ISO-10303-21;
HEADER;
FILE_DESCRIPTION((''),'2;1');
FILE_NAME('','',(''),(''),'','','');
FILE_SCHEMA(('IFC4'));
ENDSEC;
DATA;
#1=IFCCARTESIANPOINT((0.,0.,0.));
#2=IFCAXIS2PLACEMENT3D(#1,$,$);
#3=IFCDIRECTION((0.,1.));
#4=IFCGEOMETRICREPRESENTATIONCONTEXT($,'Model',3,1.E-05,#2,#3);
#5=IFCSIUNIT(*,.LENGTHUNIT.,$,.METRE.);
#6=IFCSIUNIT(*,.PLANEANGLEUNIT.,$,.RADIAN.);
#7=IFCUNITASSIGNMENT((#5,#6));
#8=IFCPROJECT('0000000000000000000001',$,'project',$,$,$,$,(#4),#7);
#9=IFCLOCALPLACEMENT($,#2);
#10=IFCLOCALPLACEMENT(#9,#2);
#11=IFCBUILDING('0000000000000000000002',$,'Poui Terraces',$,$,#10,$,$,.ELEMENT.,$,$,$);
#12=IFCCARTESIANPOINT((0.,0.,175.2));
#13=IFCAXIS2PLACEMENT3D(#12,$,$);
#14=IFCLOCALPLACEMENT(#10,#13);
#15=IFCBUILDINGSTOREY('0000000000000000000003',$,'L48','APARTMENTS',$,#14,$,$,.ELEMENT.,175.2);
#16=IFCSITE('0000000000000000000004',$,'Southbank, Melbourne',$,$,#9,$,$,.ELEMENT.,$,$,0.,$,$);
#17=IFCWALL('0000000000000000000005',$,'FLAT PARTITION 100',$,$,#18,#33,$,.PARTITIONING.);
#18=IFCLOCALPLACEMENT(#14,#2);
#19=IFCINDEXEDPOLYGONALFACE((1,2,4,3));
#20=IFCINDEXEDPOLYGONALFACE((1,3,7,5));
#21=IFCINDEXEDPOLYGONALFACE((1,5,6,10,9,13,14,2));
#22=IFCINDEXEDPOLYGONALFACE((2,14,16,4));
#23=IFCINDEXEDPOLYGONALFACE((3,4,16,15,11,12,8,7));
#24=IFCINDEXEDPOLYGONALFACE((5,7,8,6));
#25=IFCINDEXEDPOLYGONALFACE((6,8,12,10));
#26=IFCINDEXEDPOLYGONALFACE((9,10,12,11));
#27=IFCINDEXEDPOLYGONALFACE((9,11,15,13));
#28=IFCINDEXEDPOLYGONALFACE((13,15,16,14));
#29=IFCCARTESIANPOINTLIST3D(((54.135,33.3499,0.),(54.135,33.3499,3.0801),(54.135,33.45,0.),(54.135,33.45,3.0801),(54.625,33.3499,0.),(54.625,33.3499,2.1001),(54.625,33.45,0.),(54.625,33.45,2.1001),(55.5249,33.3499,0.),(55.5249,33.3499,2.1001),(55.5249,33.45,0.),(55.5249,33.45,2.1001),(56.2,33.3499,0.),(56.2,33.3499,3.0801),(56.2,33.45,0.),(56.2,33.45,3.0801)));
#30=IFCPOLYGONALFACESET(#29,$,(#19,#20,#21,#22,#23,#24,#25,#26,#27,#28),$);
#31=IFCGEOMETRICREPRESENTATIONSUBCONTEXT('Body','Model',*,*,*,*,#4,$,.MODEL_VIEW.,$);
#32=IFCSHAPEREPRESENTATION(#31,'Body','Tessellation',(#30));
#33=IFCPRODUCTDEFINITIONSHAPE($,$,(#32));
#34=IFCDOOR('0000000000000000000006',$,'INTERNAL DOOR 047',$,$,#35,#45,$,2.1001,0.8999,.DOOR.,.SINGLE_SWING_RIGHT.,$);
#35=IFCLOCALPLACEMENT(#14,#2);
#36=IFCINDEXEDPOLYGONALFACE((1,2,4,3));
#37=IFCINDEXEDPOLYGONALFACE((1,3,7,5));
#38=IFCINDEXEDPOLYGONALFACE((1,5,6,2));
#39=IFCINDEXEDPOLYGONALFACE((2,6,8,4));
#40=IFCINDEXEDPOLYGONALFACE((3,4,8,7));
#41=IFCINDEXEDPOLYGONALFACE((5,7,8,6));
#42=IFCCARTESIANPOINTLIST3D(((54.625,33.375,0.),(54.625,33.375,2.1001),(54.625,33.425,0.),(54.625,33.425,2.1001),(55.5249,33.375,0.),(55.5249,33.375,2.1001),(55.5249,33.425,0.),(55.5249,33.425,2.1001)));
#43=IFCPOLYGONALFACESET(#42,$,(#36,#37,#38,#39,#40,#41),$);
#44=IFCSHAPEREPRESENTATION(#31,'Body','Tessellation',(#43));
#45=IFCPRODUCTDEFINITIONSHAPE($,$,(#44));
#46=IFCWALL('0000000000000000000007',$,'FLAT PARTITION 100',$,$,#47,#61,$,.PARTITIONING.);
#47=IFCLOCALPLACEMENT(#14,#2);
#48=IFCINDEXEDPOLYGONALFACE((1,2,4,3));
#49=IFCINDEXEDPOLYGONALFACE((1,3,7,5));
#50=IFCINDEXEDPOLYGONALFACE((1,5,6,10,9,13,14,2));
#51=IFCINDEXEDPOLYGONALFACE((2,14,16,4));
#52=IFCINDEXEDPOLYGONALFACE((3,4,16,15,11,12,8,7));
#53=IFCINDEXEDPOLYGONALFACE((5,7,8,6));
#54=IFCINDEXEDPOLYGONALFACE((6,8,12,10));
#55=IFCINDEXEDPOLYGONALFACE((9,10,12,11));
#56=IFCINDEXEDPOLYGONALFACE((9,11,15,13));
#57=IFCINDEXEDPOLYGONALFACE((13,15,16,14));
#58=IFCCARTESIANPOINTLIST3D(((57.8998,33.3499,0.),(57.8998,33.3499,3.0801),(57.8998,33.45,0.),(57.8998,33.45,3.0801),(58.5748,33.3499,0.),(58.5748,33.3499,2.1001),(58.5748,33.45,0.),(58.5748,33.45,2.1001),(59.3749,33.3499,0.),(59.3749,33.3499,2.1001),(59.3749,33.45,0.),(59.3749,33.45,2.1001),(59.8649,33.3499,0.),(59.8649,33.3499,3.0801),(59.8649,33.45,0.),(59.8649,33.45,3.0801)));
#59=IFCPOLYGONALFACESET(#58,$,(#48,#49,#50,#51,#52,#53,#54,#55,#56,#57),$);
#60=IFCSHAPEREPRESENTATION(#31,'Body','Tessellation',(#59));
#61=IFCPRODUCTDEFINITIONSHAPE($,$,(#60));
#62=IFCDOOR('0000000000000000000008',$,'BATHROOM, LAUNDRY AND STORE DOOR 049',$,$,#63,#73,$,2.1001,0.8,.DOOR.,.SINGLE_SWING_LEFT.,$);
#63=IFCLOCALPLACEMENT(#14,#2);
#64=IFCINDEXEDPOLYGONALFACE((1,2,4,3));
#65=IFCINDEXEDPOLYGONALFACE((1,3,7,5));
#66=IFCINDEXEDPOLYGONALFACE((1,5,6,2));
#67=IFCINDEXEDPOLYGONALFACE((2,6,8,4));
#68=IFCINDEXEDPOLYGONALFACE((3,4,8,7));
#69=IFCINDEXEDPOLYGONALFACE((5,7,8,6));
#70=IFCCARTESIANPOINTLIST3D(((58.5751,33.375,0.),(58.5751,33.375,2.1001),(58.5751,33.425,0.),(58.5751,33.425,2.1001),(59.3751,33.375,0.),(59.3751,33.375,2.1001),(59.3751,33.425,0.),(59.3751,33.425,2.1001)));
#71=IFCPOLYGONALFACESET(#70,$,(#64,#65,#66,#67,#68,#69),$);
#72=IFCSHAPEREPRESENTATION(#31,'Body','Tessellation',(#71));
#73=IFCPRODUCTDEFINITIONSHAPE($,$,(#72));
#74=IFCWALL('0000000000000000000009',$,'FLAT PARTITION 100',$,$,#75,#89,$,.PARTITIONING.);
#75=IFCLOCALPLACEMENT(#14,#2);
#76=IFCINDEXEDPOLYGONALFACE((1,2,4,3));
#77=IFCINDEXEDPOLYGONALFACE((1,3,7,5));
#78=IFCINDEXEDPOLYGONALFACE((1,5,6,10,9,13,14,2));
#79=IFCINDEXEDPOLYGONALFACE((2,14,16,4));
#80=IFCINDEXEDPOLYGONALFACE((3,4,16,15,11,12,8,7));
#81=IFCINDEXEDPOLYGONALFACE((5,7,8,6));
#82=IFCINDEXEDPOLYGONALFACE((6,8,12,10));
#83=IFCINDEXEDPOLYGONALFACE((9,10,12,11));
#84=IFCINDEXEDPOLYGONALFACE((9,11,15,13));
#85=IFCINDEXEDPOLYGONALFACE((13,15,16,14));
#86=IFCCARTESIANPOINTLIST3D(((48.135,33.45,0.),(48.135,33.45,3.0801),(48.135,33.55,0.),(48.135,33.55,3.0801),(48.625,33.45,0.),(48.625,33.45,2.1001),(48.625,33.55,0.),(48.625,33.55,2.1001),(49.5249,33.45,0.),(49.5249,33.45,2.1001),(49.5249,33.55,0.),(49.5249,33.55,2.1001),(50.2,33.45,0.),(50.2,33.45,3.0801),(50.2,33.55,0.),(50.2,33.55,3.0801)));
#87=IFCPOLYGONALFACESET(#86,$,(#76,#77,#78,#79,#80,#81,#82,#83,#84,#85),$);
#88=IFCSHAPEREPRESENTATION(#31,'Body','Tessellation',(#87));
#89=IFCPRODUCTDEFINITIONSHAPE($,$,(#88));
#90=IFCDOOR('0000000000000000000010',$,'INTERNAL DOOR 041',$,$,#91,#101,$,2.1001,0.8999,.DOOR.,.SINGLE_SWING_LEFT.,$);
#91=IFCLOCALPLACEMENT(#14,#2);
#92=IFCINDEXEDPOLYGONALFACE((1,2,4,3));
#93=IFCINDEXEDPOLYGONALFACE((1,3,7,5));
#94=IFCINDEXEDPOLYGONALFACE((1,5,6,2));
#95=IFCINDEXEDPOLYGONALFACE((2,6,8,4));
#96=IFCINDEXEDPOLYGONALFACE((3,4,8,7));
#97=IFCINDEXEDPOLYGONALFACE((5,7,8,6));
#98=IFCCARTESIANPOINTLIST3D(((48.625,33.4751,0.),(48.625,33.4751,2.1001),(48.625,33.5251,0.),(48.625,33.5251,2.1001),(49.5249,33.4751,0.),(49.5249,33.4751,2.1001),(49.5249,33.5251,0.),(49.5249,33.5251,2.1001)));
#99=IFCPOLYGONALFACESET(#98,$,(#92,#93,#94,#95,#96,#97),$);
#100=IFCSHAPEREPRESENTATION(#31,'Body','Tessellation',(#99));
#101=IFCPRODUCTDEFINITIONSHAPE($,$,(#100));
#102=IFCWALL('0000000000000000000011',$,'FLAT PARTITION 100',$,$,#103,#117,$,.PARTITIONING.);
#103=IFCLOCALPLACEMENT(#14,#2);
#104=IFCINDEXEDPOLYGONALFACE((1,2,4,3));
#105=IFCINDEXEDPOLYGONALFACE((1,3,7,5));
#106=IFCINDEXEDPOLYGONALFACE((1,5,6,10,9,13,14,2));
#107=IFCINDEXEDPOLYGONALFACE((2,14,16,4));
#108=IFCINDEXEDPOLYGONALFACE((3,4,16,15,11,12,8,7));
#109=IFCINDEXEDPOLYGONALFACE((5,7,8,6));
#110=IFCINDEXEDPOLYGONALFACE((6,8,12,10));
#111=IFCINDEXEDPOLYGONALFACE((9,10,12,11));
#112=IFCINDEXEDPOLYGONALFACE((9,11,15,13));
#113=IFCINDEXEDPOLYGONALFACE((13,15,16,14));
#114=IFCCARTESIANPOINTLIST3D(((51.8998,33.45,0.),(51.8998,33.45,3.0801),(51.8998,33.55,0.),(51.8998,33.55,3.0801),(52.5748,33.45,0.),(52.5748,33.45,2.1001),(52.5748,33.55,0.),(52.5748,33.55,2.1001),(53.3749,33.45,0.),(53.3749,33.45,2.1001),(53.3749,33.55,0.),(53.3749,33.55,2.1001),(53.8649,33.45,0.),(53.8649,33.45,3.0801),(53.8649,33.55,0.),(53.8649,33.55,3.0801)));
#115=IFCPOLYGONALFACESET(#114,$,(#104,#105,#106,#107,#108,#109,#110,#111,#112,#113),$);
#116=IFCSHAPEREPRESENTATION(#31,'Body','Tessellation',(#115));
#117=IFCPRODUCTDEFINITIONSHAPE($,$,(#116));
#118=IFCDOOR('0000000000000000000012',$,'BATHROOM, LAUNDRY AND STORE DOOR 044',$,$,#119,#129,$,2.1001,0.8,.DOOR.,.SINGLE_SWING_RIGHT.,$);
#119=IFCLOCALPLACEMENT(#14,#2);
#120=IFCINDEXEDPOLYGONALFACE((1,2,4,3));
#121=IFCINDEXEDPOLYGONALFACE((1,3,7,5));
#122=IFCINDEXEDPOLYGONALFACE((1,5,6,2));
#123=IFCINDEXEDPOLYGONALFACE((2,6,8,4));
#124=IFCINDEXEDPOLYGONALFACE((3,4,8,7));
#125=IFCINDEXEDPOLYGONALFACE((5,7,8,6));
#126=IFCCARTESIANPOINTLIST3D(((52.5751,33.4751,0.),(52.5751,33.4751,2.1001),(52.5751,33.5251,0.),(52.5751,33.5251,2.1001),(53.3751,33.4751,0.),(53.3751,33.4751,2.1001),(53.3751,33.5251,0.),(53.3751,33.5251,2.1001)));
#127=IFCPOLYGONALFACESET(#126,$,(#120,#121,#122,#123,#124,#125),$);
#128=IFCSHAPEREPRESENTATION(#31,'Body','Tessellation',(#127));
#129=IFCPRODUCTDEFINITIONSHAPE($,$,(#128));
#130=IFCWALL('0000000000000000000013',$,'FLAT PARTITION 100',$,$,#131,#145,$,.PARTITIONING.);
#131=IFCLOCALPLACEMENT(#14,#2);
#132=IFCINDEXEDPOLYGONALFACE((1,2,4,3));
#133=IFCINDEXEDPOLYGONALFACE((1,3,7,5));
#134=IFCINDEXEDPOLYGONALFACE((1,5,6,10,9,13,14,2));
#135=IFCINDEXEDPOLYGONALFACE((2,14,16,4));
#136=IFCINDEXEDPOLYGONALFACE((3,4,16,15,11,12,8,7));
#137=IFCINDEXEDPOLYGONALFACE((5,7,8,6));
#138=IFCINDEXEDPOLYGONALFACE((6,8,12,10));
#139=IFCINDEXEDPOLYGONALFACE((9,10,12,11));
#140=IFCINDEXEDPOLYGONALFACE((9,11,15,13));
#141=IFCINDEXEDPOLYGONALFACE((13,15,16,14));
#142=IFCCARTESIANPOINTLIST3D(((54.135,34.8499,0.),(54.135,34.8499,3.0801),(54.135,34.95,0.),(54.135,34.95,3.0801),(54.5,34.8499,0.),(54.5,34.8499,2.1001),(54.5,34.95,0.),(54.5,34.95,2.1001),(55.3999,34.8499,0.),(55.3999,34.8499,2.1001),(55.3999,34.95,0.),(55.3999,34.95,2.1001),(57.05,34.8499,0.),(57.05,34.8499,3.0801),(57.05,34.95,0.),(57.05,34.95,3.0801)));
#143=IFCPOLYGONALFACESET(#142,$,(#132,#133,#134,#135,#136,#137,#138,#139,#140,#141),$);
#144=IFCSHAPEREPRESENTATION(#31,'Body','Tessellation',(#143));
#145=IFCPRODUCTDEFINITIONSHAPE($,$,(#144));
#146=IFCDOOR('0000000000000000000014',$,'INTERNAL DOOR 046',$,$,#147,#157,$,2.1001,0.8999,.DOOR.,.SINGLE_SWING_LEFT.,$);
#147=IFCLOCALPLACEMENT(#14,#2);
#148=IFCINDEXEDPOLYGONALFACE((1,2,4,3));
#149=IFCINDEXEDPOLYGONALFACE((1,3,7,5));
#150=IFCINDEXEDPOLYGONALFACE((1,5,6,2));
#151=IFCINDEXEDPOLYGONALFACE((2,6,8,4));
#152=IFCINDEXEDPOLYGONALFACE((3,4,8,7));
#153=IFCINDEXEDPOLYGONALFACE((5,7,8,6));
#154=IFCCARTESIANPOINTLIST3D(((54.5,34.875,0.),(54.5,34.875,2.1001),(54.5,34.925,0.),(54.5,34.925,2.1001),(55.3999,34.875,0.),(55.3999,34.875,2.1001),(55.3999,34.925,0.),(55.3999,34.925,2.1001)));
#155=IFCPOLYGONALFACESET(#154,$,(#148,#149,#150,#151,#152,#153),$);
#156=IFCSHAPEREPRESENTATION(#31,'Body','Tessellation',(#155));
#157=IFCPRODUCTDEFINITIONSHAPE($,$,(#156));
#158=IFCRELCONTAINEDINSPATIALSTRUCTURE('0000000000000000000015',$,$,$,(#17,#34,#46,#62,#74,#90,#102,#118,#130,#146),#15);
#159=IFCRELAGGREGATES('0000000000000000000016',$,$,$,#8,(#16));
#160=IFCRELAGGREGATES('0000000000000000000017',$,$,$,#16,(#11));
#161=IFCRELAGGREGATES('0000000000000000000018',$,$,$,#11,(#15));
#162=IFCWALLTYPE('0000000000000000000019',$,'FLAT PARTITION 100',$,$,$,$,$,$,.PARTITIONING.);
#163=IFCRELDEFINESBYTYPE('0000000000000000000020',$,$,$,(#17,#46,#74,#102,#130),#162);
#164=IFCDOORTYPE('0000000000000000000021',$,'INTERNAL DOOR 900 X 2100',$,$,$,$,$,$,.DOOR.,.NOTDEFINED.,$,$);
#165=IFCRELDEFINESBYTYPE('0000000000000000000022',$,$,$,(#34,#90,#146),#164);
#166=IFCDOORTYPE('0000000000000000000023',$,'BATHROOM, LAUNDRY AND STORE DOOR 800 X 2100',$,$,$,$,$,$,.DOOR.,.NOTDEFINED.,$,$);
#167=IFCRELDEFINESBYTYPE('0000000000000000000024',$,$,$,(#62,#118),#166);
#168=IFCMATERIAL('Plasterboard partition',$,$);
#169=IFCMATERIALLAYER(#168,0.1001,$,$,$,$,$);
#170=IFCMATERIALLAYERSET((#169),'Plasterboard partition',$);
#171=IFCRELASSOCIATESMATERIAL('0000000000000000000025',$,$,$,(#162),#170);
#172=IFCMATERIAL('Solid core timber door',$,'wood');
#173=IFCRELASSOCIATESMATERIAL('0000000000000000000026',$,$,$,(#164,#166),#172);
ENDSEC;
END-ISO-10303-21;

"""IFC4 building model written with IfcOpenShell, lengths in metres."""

from ifc_helpers import new_model, si_unit, direction, frame, frame_2d, origin, place, context, subcontext, project, spatial, rectangle, extrude, material, layer, layer_set, type_object, element, fill, save


model = new_model("IFC4")

# Units and contexts
model_context = context("Model", 3, precision=1e-05, world=origin(), true_north=direction((0.0, 1.0)))
body_context = subcontext(model_context, "Body", "Model", "MODEL_VIEW")
ifc_project = project(units=[si_unit("LENGTHUNIT", "METRE"), si_unit("PLANEANGLEUNIT", "RADIAN")], contexts=[model_context])

# Site, building, storey
site_placement = place(None, origin())
site = spatial("IfcSite", under=ifc_project, at=site_placement, Name="Southbank, Melbourne", CompositionType="ELEMENT", RefElevation=0.0)
building_placement = place(site_placement, origin())
building = spatial("IfcBuilding", under=site, at=building_placement, Name="Poui Terraces", CompositionType="ELEMENT")
storey_placement = place(building_placement, frame((0.0, 0.0, 175.2)))
storey = spatial("IfcBuildingStorey", under=building, at=storey_placement, Name="L48", Description="APARTMENTS", CompositionType="ELEMENT", Elevation=175.2)

# Walls, openings, doors
ifc_material_1 = material(Name="Plasterboard partition")
ifc_layer_1 = layer(ifc_material_1, 0.1001)
ifc_layer_set_1 = layer_set([ifc_layer_1], Name="Plasterboard partition")
wall_type_1 = type_object("IfcWallType", Name="FLAT PARTITION 100", PredefinedType="PARTITIONING", material=ifc_layer_set_1)
wall_1_placement = place(storey_placement, frame((54.135, 33.3999, 0.0), z_axis=(0.0, 0.0, 1.0), x_axis=(1.0, 0.0, 0.0)))
wall_1 = element("IfcWall", 1, at=wall_1_placement, inside=storey, type_object=wall_type_1, Name="FLAT PARTITION 100", PredefinedType="PARTITIONING", context=body_context, shape_type="SweptSolid", body=[
    extrude(rectangle(XDim=2.0649, YDim=0.1001, at=frame_2d((1.0325, 0.0))), origin(), (0.0, 0.0, 1.0), 3.0801),
])
opening_1_placement = place(wall_1_placement, frame((0.49, 0.0, 0.0)))
opening_1 = element("IfcOpeningElement", 2, at=opening_1_placement, cuts=wall_1, PredefinedType="OPENING", context=body_context, shape_type="SweptSolid", body=[
    extrude(rectangle(XDim=0.8999, YDim=2.1001, at=frame_2d((0.45, 1.05))), frame((0.0, 0.0601, 0.0), z_axis=(0.0, -1.0, 0.0), x_axis=(1.0, 0.0, 0.0)), (0.0, 0.0, 1.0), 0.1201),
])
ifc_material_2 = material(Name="Solid core timber door", Category="wood")
door_type_1 = type_object("IfcDoorType", Name="INTERNAL DOOR 900 X 2100", OperationType="NOTDEFINED", PredefinedType="DOOR", material=ifc_material_2)
door_1_placement = place(opening_1_placement, frame((0.8999, 0.0, 0.0), z_axis=(0.0, 0.0, 1.0), x_axis=(-1.0, 0.0, 0.0)))
door_1 = element("IfcDoor", 3, at=door_1_placement, inside=storey, type_object=door_type_1, Name="INTERNAL DOOR 047", OperationType="SINGLE_SWING_RIGHT", OverallHeight=2.1001, OverallWidth=0.8999, PredefinedType="DOOR", context=body_context, shape_type="SweptSolid", body=[
    extrude(rectangle(XDim=0.8999, YDim=2.1001, at=frame_2d((0.45, 1.05))), frame((0.0, 0.0249, 0.0), z_axis=(0.0, -1.0, 0.0), x_axis=(1.0, 0.0, 0.0)), (0.0, 0.0, 1.0), 0.05),
])
fill(opening_1, door_1)
wall_2_placement = place(storey_placement, frame((57.8999, 33.3999, 0.0), z_axis=(0.0, 0.0, 1.0), x_axis=(1.0, 0.0, 0.0)))
wall_2 = element("IfcWall", 4, at=wall_2_placement, inside=storey, type_object=wall_type_1, Name="FLAT PARTITION 100", PredefinedType="PARTITIONING", context=body_context, shape_type="SweptSolid", body=[
    extrude(rectangle(XDim=1.9651, YDim=0.1001, at=frame_2d((0.9824, 0.0))), origin(), (0.0, 0.0, 1.0), 3.0801),
])
opening_2_placement = place(wall_2_placement, frame((0.675, 0.0, 0.0)))
opening_2 = element("IfcOpeningElement", 5, at=opening_2_placement, cuts=wall_2, PredefinedType="OPENING", context=body_context, shape_type="SweptSolid", body=[
    extrude(rectangle(XDim=0.8, YDim=2.1001, at=frame_2d((0.3999, 1.05))), frame((0.0, 0.0601, 0.0), z_axis=(0.0, -1.0, 0.0), x_axis=(1.0, 0.0, 0.0)), (0.0, 0.0, 1.0), 0.1201),
])
door_type_2 = type_object("IfcDoorType", Name="BATHROOM, LAUNDRY AND STORE DOOR 800 X 2100", OperationType="NOTDEFINED", PredefinedType="DOOR", material=ifc_material_2)
door_2_placement = place(opening_2_placement, frame((0.8, 0.0, 0.0), z_axis=(0.0, 0.0, 1.0), x_axis=(-1.0, 0.0, 0.0)))
door_2 = element("IfcDoor", 6, at=door_2_placement, inside=storey, type_object=door_type_2, Name="BATHROOM, LAUNDRY AND STORE DOOR 049", OperationType="SINGLE_SWING_LEFT", OverallHeight=2.1001, OverallWidth=0.8, PredefinedType="DOOR", context=body_context, shape_type="SweptSolid", body=[
    extrude(rectangle(XDim=0.8, YDim=2.1001, at=frame_2d((0.3999, 1.05))), frame((0.0, 0.0249, 0.0), z_axis=(0.0, -1.0, 0.0), x_axis=(1.0, 0.0, 0.0)), (0.0, 0.0, 1.0), 0.05),
])
fill(opening_2, door_2)
wall_3_placement = place(storey_placement, frame((48.135, 33.5, 0.0), z_axis=(0.0, 0.0, 1.0), x_axis=(1.0, 0.0, 0.0)))
wall_3 = element("IfcWall", 7, at=wall_3_placement, inside=storey, type_object=wall_type_1, Name="FLAT PARTITION 100", PredefinedType="PARTITIONING", context=body_context, shape_type="SweptSolid", body=[
    extrude(rectangle(XDim=2.0649, YDim=0.1001, at=frame_2d((1.0325, 0.0))), origin(), (0.0, 0.0, 1.0), 3.0801),
])
opening_3_placement = place(wall_3_placement, frame((0.49, 0.0, 0.0)))
opening_3 = element("IfcOpeningElement", 8, at=opening_3_placement, cuts=wall_3, PredefinedType="OPENING", context=body_context, shape_type="SweptSolid", body=[
    extrude(rectangle(XDim=0.8999, YDim=2.1001, at=frame_2d((0.45, 1.05))), frame((0.0, 0.0601, 0.0), z_axis=(0.0, -1.0, 0.0), x_axis=(1.0, 0.0, 0.0)), (0.0, 0.0, 1.0), 0.1201),
])
door_3_placement = place(opening_3_placement, frame((0.8999, 0.0, 0.0), z_axis=(0.0, 0.0, 1.0), x_axis=(-1.0, 0.0, 0.0)))
door_3 = element("IfcDoor", 9, at=door_3_placement, inside=storey, type_object=door_type_1, Name="INTERNAL DOOR 041", OperationType="SINGLE_SWING_LEFT", OverallHeight=2.1001, OverallWidth=0.8999, PredefinedType="DOOR", context=body_context, shape_type="SweptSolid", body=[
    extrude(rectangle(XDim=0.8999, YDim=2.1001, at=frame_2d((0.45, 1.05))), frame((0.0, 0.0249, 0.0), z_axis=(0.0, -1.0, 0.0), x_axis=(1.0, 0.0, 0.0)), (0.0, 0.0, 1.0), 0.05),
])
fill(opening_3, door_3)
wall_4_placement = place(storey_placement, frame((51.8999, 33.5, 0.0), z_axis=(0.0, 0.0, 1.0), x_axis=(1.0, 0.0, 0.0)))
wall_4 = element("IfcWall", 10, at=wall_4_placement, inside=storey, type_object=wall_type_1, Name="FLAT PARTITION 100", PredefinedType="PARTITIONING", context=body_context, shape_type="SweptSolid", body=[
    extrude(rectangle(XDim=1.9651, YDim=0.1001, at=frame_2d((0.9824, 0.0))), origin(), (0.0, 0.0, 1.0), 3.0801),
])
opening_4_placement = place(wall_4_placement, frame((0.675, 0.0, 0.0)))
opening_4 = element("IfcOpeningElement", 11, at=opening_4_placement, cuts=wall_4, PredefinedType="OPENING", context=body_context, shape_type="SweptSolid", body=[
    extrude(rectangle(XDim=0.8, YDim=2.1001, at=frame_2d((0.3999, 1.05))), frame((0.0, 0.0601, 0.0), z_axis=(0.0, -1.0, 0.0), x_axis=(1.0, 0.0, 0.0)), (0.0, 0.0, 1.0), 0.1201),
])
door_4_placement = place(opening_4_placement, frame((0.8, 0.0, 0.0), z_axis=(0.0, 0.0, 1.0), x_axis=(-1.0, 0.0, 0.0)))
door_4 = element("IfcDoor", 12, at=door_4_placement, inside=storey, type_object=door_type_2, Name="BATHROOM, LAUNDRY AND STORE DOOR 044", OperationType="SINGLE_SWING_RIGHT", OverallHeight=2.1001, OverallWidth=0.8, PredefinedType="DOOR", context=body_context, shape_type="SweptSolid", body=[
    extrude(rectangle(XDim=0.8, YDim=2.1001, at=frame_2d((0.3999, 1.05))), frame((0.0, 0.0249, 0.0), z_axis=(0.0, -1.0, 0.0), x_axis=(1.0, 0.0, 0.0)), (0.0, 0.0, 1.0), 0.05),
])
fill(opening_4, door_4)
wall_5_placement = place(storey_placement, frame((54.135, 34.8999, 0.0), z_axis=(0.0, 0.0, 1.0), x_axis=(1.0, 0.0, 0.0)))
wall_5 = element("IfcWall", 13, at=wall_5_placement, inside=storey, type_object=wall_type_1, Name="FLAT PARTITION 100", PredefinedType="PARTITIONING", context=body_context, shape_type="SweptSolid", body=[
    extrude(rectangle(XDim=2.915, YDim=0.1001, at=frame_2d((1.4575, 0.0))), origin(), (0.0, 0.0, 1.0), 3.0801),
])
opening_5_placement = place(wall_5_placement, frame((0.365, 0.0, 0.0)))
opening_5 = element("IfcOpeningElement", 14, at=opening_5_placement, cuts=wall_5, PredefinedType="OPENING", context=body_context, shape_type="SweptSolid", body=[
    extrude(rectangle(XDim=0.8999, YDim=2.1001, at=frame_2d((0.45, 1.05))), frame((0.0, 0.0601, 0.0), z_axis=(0.0, -1.0, 0.0), x_axis=(1.0, 0.0, 0.0)), (0.0, 0.0, 1.0), 0.1201),
])
door_5_placement = place(opening_5_placement, frame((0.8999, 0.0, 0.0), z_axis=(0.0, 0.0, 1.0), x_axis=(-1.0, 0.0, 0.0)))
door_5 = element("IfcDoor", 15, at=door_5_placement, inside=storey, type_object=door_type_1, Name="INTERNAL DOOR 046", OperationType="SINGLE_SWING_LEFT", OverallHeight=2.1001, OverallWidth=0.8999, PredefinedType="DOOR", context=body_context, shape_type="SweptSolid", body=[
    extrude(rectangle(XDim=0.8999, YDim=2.1001, at=frame_2d((0.45, 1.05))), frame((0.0, 0.0249, 0.0), z_axis=(0.0, -1.0, 0.0), x_axis=(1.0, 0.0, 0.0)), (0.0, 0.0, 1.0), 0.05),
])
fill(opening_5, door_5)

save(model, "model.ifc")
